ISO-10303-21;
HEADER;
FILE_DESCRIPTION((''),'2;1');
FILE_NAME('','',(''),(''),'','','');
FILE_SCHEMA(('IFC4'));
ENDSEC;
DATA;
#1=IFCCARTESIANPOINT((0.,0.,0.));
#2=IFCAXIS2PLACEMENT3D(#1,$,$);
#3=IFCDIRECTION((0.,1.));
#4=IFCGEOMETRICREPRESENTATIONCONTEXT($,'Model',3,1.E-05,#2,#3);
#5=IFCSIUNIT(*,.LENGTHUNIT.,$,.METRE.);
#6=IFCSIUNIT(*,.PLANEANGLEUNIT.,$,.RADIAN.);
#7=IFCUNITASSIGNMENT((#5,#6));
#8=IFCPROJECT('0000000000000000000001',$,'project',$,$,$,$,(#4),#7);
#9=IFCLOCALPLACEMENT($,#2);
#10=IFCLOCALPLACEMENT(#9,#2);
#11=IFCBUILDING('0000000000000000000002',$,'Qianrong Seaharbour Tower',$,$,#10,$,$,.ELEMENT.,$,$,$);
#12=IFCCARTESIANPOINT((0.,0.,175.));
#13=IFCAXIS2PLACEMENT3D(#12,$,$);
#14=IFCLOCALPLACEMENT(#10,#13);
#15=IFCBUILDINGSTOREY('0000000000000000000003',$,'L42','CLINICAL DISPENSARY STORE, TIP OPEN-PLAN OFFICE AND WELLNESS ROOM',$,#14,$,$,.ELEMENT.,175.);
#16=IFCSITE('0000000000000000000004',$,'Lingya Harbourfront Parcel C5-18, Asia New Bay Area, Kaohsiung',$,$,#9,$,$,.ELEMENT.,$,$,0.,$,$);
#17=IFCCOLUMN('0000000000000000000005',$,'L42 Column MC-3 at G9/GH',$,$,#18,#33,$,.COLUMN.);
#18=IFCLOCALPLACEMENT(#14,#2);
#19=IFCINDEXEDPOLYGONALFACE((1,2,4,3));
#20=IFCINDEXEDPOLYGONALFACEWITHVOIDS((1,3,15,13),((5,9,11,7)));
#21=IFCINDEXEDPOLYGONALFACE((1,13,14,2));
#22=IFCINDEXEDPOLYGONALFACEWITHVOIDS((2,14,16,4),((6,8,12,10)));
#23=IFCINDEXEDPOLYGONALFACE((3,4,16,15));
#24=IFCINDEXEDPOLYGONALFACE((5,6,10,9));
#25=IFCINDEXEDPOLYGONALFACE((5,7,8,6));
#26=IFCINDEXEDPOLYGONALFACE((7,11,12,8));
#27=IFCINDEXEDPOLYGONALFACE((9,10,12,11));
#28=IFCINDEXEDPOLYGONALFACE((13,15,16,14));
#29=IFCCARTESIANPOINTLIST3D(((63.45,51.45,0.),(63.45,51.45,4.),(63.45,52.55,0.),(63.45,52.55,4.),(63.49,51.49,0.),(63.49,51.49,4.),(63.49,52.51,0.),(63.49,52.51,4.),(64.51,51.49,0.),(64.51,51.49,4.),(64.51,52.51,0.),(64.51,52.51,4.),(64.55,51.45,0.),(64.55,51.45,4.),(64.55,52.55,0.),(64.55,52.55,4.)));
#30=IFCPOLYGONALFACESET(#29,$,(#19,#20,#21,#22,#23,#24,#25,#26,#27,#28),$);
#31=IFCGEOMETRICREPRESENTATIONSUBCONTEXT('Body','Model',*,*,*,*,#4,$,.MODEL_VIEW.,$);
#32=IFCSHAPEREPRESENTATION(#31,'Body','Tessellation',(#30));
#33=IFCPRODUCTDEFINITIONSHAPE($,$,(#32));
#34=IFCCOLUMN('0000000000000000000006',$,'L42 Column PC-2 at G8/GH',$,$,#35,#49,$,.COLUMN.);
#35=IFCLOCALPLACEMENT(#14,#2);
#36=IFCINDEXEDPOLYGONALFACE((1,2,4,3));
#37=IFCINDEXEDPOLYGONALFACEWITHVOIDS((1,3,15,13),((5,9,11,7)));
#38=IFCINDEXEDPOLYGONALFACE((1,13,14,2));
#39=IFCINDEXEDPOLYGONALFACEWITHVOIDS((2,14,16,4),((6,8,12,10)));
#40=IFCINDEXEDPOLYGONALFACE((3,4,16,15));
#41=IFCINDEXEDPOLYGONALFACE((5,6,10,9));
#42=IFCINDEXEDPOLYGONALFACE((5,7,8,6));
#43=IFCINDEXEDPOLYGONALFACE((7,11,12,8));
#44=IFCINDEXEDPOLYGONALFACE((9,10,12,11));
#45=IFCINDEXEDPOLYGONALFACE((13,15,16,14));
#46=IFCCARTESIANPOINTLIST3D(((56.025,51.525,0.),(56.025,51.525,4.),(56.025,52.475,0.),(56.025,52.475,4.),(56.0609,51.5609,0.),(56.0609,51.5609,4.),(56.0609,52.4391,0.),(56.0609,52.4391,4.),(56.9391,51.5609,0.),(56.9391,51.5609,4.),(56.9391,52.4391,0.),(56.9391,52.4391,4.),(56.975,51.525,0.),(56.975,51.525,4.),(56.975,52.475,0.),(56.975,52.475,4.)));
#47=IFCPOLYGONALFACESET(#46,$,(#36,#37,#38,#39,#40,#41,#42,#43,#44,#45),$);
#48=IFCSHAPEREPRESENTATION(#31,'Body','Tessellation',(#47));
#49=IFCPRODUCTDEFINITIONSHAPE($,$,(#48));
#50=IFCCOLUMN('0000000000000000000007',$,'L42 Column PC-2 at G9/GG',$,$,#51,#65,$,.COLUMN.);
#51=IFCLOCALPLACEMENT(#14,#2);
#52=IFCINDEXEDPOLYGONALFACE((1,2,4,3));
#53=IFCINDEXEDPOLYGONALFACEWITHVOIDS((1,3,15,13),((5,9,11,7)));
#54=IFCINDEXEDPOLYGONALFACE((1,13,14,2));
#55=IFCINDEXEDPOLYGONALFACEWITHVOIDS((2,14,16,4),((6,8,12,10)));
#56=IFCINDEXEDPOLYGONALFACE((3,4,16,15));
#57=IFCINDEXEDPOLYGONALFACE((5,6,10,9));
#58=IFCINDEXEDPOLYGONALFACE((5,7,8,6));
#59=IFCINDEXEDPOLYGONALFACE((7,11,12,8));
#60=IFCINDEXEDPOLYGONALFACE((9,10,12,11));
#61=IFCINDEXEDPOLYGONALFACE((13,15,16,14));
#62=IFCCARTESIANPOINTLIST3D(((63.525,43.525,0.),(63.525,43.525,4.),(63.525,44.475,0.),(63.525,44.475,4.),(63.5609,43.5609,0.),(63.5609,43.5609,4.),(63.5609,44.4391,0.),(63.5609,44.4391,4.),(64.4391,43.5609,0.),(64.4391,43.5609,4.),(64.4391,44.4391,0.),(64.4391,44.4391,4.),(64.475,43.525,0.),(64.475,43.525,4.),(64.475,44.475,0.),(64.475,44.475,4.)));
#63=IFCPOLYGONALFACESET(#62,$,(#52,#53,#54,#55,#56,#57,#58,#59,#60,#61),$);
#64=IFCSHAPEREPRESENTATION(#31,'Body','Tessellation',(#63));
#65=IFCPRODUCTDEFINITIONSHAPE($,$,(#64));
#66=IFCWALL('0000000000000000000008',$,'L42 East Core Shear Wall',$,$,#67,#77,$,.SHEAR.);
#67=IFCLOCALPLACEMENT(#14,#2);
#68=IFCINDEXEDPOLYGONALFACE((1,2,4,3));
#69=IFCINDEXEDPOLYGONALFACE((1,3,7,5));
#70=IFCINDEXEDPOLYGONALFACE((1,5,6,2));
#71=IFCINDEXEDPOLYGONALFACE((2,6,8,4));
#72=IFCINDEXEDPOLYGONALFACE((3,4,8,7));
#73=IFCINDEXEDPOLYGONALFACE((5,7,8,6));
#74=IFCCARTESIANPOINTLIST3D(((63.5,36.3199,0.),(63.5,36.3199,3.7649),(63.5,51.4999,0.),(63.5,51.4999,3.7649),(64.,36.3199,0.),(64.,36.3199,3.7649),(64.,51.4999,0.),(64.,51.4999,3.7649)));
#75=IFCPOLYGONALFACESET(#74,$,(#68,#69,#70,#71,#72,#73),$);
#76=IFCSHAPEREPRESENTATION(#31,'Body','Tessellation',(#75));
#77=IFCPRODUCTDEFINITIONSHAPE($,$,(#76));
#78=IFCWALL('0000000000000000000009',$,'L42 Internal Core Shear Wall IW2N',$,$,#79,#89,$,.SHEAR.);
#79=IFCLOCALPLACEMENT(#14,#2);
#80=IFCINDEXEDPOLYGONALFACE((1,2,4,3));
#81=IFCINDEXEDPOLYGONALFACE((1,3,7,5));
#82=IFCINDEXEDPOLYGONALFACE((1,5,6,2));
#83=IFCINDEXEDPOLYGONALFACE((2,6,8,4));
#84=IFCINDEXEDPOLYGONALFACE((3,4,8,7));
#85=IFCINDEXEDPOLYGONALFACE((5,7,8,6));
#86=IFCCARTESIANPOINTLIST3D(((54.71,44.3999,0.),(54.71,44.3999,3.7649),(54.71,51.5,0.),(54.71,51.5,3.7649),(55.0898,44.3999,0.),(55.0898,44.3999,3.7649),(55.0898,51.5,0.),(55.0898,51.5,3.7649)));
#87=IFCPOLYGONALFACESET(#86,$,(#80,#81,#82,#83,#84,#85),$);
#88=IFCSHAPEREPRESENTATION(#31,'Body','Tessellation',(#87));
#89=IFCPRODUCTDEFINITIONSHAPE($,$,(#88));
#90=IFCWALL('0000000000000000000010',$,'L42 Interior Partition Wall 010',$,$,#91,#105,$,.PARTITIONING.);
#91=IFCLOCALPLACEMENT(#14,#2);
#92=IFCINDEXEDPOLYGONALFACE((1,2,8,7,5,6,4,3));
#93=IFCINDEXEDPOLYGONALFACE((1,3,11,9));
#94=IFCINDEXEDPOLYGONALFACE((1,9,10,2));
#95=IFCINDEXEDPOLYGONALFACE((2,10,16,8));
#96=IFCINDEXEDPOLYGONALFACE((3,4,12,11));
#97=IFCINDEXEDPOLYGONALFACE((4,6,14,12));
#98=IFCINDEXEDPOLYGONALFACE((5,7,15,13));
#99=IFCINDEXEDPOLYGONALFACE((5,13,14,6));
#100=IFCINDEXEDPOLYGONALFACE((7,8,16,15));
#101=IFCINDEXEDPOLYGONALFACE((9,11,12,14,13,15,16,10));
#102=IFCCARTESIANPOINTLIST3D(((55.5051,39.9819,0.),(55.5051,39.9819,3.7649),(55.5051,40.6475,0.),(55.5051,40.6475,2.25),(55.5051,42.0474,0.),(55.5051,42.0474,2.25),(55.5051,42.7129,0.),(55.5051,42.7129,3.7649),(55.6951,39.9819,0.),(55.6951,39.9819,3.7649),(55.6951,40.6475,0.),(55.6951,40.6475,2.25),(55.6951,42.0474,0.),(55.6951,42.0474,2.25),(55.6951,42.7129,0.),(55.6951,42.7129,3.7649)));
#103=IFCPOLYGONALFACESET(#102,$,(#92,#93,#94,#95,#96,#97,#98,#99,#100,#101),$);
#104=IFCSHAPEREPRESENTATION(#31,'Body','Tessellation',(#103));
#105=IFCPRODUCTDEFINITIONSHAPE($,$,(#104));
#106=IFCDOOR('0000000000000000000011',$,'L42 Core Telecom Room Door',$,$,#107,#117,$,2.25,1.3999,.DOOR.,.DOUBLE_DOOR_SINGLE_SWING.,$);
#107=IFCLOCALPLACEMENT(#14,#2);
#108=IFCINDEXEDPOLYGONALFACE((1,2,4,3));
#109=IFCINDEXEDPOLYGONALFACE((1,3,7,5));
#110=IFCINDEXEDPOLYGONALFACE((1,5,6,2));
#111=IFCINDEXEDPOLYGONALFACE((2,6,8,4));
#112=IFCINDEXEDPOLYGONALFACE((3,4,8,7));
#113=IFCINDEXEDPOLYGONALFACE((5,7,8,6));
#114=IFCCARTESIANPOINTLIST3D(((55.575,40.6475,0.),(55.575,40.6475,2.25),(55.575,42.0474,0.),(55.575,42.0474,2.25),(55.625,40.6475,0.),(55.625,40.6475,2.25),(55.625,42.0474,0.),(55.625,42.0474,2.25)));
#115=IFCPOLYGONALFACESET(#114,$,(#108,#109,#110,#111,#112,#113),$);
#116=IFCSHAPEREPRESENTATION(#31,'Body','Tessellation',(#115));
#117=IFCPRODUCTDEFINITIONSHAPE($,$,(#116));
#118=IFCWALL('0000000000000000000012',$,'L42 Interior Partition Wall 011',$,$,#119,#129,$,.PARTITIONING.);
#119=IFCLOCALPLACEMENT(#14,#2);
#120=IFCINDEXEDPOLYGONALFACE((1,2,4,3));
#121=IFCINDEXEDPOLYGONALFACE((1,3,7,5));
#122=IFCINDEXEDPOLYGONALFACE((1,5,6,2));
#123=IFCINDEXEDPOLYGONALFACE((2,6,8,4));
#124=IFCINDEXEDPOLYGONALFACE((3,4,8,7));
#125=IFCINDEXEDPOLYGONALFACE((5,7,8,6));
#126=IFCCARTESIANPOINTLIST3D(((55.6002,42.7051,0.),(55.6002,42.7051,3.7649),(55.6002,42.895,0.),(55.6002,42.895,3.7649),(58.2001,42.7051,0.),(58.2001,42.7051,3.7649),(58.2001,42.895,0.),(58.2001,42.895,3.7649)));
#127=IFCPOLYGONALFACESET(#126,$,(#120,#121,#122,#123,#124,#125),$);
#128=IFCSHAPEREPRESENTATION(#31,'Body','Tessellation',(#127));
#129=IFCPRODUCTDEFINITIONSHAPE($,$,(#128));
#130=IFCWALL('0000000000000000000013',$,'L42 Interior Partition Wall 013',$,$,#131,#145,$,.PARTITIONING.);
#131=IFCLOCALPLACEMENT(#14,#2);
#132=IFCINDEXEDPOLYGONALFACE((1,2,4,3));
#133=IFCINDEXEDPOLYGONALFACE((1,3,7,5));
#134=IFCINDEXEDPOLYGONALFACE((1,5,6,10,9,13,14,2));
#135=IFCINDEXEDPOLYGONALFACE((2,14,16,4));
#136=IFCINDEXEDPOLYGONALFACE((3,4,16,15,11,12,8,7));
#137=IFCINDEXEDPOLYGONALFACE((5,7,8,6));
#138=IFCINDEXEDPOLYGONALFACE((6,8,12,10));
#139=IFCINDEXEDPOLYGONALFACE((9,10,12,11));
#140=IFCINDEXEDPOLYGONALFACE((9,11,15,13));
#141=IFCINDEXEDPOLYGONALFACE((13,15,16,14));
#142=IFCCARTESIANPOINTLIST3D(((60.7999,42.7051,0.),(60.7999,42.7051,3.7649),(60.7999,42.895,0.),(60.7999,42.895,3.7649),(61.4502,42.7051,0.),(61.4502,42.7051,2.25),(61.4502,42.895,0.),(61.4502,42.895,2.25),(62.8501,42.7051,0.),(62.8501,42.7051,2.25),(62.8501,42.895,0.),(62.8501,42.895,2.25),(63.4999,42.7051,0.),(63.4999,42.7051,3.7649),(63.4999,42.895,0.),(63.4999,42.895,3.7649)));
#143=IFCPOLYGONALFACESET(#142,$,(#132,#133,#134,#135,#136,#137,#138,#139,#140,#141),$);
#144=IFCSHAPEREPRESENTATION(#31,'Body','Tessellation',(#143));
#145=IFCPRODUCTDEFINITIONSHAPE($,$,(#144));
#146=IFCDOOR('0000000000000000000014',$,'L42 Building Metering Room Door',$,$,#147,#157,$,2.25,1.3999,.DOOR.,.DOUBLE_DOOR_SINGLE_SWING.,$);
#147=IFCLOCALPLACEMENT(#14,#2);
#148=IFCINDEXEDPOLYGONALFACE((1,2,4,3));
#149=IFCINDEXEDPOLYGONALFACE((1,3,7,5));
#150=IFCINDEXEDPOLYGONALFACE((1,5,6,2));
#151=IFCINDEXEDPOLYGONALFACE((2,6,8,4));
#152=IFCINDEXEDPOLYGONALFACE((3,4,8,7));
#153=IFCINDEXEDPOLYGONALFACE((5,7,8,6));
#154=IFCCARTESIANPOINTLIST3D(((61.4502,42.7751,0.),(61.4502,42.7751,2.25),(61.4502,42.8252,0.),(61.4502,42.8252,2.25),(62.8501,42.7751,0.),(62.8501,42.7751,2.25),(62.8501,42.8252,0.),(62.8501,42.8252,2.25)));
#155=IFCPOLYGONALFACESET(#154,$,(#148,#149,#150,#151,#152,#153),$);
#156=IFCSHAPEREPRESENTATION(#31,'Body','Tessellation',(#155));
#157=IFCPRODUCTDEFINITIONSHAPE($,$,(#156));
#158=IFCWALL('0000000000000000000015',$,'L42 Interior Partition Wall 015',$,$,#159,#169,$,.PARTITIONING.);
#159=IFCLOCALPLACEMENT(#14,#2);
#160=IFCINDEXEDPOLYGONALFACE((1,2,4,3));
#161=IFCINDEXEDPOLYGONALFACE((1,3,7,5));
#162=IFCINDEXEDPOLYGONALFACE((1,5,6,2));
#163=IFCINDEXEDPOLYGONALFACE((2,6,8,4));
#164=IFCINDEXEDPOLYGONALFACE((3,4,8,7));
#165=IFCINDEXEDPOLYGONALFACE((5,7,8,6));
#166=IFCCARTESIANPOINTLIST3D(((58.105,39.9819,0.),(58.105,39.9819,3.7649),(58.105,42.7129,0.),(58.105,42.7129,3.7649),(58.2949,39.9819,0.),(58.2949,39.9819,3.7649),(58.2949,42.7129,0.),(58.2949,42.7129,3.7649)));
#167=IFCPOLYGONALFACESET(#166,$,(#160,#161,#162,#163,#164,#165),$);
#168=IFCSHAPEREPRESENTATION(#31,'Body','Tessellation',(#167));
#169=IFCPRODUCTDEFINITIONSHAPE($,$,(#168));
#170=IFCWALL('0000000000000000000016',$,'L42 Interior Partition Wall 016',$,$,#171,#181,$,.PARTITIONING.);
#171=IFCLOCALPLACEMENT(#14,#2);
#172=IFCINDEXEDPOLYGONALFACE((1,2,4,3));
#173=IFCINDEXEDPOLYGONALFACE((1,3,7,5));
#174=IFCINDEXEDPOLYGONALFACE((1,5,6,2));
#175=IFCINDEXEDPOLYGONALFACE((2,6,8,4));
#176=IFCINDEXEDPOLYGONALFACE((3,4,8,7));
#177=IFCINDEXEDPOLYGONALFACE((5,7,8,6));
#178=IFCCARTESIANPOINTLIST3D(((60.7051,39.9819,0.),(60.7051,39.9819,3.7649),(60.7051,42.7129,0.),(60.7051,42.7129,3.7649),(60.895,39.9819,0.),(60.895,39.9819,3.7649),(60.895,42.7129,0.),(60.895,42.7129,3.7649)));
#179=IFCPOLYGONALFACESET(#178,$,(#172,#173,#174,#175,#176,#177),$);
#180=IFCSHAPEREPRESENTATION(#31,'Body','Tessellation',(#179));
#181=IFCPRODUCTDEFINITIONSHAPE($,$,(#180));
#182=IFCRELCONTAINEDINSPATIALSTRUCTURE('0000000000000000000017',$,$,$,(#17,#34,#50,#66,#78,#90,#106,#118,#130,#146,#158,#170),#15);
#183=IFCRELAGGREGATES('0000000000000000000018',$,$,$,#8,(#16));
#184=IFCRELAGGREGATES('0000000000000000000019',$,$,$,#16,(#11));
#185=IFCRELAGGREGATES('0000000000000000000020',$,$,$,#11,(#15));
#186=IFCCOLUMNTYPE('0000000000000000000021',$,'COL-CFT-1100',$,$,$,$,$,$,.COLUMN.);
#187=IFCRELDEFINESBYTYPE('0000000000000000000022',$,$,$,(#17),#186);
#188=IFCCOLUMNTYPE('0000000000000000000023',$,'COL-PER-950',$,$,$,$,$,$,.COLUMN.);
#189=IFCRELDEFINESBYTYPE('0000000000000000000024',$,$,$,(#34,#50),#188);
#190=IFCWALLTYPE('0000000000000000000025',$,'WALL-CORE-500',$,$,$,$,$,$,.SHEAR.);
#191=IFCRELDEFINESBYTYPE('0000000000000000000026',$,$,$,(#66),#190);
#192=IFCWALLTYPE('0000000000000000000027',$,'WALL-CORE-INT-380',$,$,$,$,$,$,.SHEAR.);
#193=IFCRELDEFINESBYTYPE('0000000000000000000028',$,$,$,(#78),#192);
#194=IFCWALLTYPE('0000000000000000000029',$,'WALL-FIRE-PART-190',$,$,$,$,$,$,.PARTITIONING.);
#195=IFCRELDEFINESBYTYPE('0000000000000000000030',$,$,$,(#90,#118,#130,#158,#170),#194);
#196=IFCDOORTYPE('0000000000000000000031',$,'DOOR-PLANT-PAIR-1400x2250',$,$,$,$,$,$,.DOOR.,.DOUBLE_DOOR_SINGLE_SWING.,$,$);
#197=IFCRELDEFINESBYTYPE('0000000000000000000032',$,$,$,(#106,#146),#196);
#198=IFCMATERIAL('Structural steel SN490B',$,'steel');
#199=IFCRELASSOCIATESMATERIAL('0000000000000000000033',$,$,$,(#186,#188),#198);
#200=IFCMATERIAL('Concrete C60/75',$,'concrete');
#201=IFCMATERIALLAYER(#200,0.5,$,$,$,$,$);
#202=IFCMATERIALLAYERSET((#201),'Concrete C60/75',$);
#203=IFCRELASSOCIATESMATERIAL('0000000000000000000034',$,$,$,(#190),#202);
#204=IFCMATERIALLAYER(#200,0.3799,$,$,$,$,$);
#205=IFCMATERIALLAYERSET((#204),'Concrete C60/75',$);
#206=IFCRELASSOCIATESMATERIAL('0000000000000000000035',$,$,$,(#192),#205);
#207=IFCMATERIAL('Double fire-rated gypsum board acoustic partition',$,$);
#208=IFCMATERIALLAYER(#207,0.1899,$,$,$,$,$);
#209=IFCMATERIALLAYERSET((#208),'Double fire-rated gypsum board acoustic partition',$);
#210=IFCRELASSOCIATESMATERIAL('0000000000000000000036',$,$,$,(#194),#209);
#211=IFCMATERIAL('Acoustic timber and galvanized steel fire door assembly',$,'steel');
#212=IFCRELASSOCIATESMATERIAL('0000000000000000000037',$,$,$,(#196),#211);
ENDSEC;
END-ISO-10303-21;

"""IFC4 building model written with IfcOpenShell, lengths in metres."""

from ifc_helpers import new_model, si_unit, direction, frame, frame_2d, origin, origin_2d, place, context, subcontext, project, spatial, rectangle, hollow_rectangle, extrude, material, layer, layer_set, material_profile, profile_set, type_object, element, fill, save


model = new_model("IFC4")

# Units and contexts
model_context = context("Model", 3, precision=1e-05, world=origin(), true_north=direction((0.0, 1.0)))
body_context = subcontext(model_context, "Body", "Model", "MODEL_VIEW")
ifc_project = project(units=[si_unit("LENGTHUNIT", "METRE"), si_unit("PLANEANGLEUNIT", "RADIAN")], contexts=[model_context])

# Site, building, storey
site_placement = place(None, origin())
site = spatial("IfcSite", under=ifc_project, at=site_placement, Name="Lingya Harbourfront Parcel C5-18, Asia New Bay Area, Kaohsiung", CompositionType="ELEMENT", RefElevation=0.0)
building_placement = place(site_placement, origin())
building = spatial("IfcBuilding", under=site, at=building_placement, Name="Qianrong Seaharbour Tower", CompositionType="ELEMENT")
storey_placement = place(building_placement, frame((0.0, 0.0, 175.0)))
storey = spatial("IfcBuildingStorey", under=building, at=storey_placement, Name="L42", Description="CLINICAL DISPENSARY STORE, TIP OPEN-PLAN OFFICE AND WELLNESS ROOM", CompositionType="ELEMENT", Elevation=175.0)

# Columns
ifc_material_1 = material(Name="Structural steel SN490B", Category="steel")
ifc_material_profile_1 = material_profile(ifc_material_1, hollow_rectangle(XDim=1.1001, YDim=1.1001, WallThickness=0.04, at=origin_2d()), Name="BOX1100x1100x40")
ifc_profile_set_1 = profile_set([ifc_material_profile_1], Name="Structural steel SN490B")
column_type_1 = type_object("IfcColumnType", Name="COL-CFT-1100", PredefinedType="COLUMN", material=ifc_profile_set_1)
column_placement = place(storey_placement, frame((64.0, 52.0, 0.0), z_axis=(0.0, 0.0, 1.0), x_axis=(1.0, 0.0, 0.0)))
element("IfcColumn", 1, at=column_placement, inside=storey, type_object=column_type_1, Name="L42 Column MC-3 at G9/GH", PredefinedType="COLUMN", context=body_context, shape_type="SweptSolid", body=[
    extrude(hollow_rectangle(XDim=1.1001, YDim=1.1001, WallThickness=0.04, at=origin_2d()), origin(), (0.0, 0.0, 1.0), 4.0),
])
ifc_material_profile_2 = material_profile(ifc_material_1, hollow_rectangle(XDim=0.95, YDim=0.95, WallThickness=0.0359, at=origin_2d()), Name="BOX950x950x36")
ifc_profile_set_2 = profile_set([ifc_material_profile_2], Name="Structural steel SN490B")
column_type_2 = type_object("IfcColumnType", Name="COL-PER-950", PredefinedType="COLUMN", material=ifc_profile_set_2)
for number, where, z_axis, x_axis, name in (
    (2, (56.5, 52.0, 0.0), (0.0, 0.0, 1.0), (1.0, 0.0, 0.0), "L42 Column PC-2 at G8/GH"),
    (3, (64.0, 44.0, 0.0), (0.0, 0.0, 1.0), (1.0, 0.0, 0.0), "L42 Column PC-2 at G9/GG"),
):
    element("IfcColumn", number, at=place(storey_placement, frame(where, z_axis=z_axis, x_axis=x_axis)), inside=storey, type_object=column_type_2, Name=name, PredefinedType="COLUMN", context=body_context, shape_type="SweptSolid", body=[
        extrude(hollow_rectangle(XDim=0.95, YDim=0.95, WallThickness=0.0359, at=origin_2d()), origin(), (0.0, 0.0, 1.0), 4.0),
    ])

# Walls
ifc_material_2 = material(Name="Concrete C60/75", Category="concrete")
ifc_layer_1 = layer(ifc_material_2, 0.5)
ifc_layer_set_1 = layer_set([ifc_layer_1], Name="Concrete C60/75")
wall_type_1 = type_object("IfcWallType", Name="WALL-CORE-500", PredefinedType="SHEAR", material=ifc_layer_set_1)
wall_1_placement = place(storey_placement, frame((63.75, 36.3201, 0.0), z_axis=(0.0, 0.0, 1.0), x_axis=(0.0, 1.0, 0.0)))
element("IfcWall", 4, at=wall_1_placement, inside=storey, type_object=wall_type_1, Name="L42 East Core Shear Wall", PredefinedType="SHEAR", context=body_context, shape_type="SweptSolid", body=[
    extrude(rectangle(XDim=15.1799, YDim=0.5, at=frame_2d((7.5898, 0.0))), origin(), (0.0, 0.0, 1.0), 3.7649),
])
ifc_layer_2 = layer(ifc_material_2, 0.3799)
ifc_layer_set_2 = layer_set([ifc_layer_2], Name="Concrete C60/75")
wall_type_2 = type_object("IfcWallType", Name="WALL-CORE-INT-380", PredefinedType="SHEAR", material=ifc_layer_set_2)
wall_2_placement = place(storey_placement, frame((54.8999, 44.3999, 0.0), z_axis=(0.0, 0.0, 1.0), x_axis=(0.0, 1.0, 0.0)))
element("IfcWall", 5, at=wall_2_placement, inside=storey, type_object=wall_type_2, Name="L42 Internal Core Shear Wall IW2N", PredefinedType="SHEAR", context=body_context, shape_type="SweptSolid", body=[
    extrude(rectangle(XDim=7.1001, YDim=0.3799, at=frame_2d((3.55, 0.0))), origin(), (0.0, 0.0, 1.0), 3.7649),
])

# Wall, opening, door
ifc_material_3 = material(Name="Acoustic timber and galvanized steel fire door assembly", Category="steel")
ifc_material_4 = material(Name="Double fire-rated gypsum board acoustic partition")
ifc_layer_3 = layer(ifc_material_4, 0.1899)
ifc_layer_set_3 = layer_set([ifc_layer_3], Name="Double fire-rated gypsum board acoustic partition")
wall_type_3 = type_object("IfcWallType", Name="WALL-FIRE-PART-190", PredefinedType="PARTITIONING", material=ifc_layer_set_3)
wall_3_placement = place(storey_placement, frame((55.6001, 42.7129, 0.0), z_axis=(0.0, 0.0, 1.0), x_axis=(0.0, -1.0, 0.0)))
wall_3 = element("IfcWall", 6, at=wall_3_placement, inside=storey, type_object=wall_type_3, Name="L42 Interior Partition Wall 010", PredefinedType="PARTITIONING", context=body_context, shape_type="SweptSolid", body=[
    extrude(rectangle(XDim=2.731, YDim=0.1899, at=frame_2d((1.3655, 0.0))), origin(), (0.0, 0.0, 1.0), 3.7649),
])
opening_1_placement = place(wall_3_placement, frame((0.6655, 0.0, 0.0)))
opening_1 = element("IfcOpeningElement", 7, at=opening_1_placement, cuts=wall_3, PredefinedType="OPENING", context=body_context, shape_type="SweptSolid", body=[
    extrude(rectangle(XDim=1.3999, YDim=2.25, at=frame_2d((0.7, 1.125))), frame((0.0, 0.105, 0.0), z_axis=(0.0, -1.0, 0.0), x_axis=(1.0, 0.0, 0.0)), (0.0, 0.0, 1.0), 0.21),
])
door_type_1 = type_object("IfcDoorType", Name="DOOR-PLANT-PAIR-1400x2250", OperationType="DOUBLE_DOOR_SINGLE_SWING", PredefinedType="DOOR", material=ifc_material_3)
door_1_placement = place(opening_1_placement, origin())
door_1 = element("IfcDoor", 8, at=door_1_placement, inside=storey, type_object=door_type_1, Name="L42 Core Telecom Room Door", OperationType="DOUBLE_DOOR_SINGLE_SWING", OverallHeight=2.25, OverallWidth=1.3999, PredefinedType="DOOR", context=body_context, shape_type="SweptSolid", body=[
    extrude(rectangle(XDim=1.3999, YDim=2.25, at=frame_2d((0.7, 1.125))), frame((0.0, 0.0249, 0.0), z_axis=(0.0, -1.0, 0.0), x_axis=(1.0, 0.0, 0.0)), (0.0, 0.0, 1.0), 0.05),
])
fill(opening_1, door_1)

# Wall
wall_4_placement = place(storey_placement, frame((58.2, 42.8, 0.0), z_axis=(0.0, 0.0, 1.0), x_axis=(-1.0, 0.0, 0.0)))
element("IfcWall", 9, at=wall_4_placement, inside=storey, type_object=wall_type_3, Name="L42 Interior Partition Wall 011", PredefinedType="PARTITIONING", context=body_context, shape_type="SweptSolid", body=[
    extrude(rectangle(XDim=2.5999, YDim=0.1899, at=frame_2d((1.2998, 0.0))), origin(), (0.0, 0.0, 1.0), 3.7649),
])

# Wall, opening, door
wall_5_placement = place(storey_placement, frame((63.5, 42.8, 0.0), z_axis=(0.0, 0.0, 1.0), x_axis=(-1.0, 0.0, 0.0)))
wall_5 = element("IfcWall", 10, at=wall_5_placement, inside=storey, type_object=wall_type_3, Name="L42 Interior Partition Wall 013", PredefinedType="PARTITIONING", context=body_context, shape_type="SweptSolid", body=[
    extrude(rectangle(XDim=2.7, YDim=0.1899, at=frame_2d((1.3501, 0.0))), origin(), (0.0, 0.0, 1.0), 3.7649),
])
opening_2_placement = place(wall_5_placement, frame((0.6499, 0.0, 0.0)))
opening_2 = element("IfcOpeningElement", 11, at=opening_2_placement, cuts=wall_5, PredefinedType="OPENING", context=body_context, shape_type="SweptSolid", body=[
    extrude(rectangle(XDim=1.3999, YDim=2.25, at=frame_2d((0.7, 1.125))), frame((0.0, 0.105, 0.0), z_axis=(0.0, -1.0, 0.0), x_axis=(1.0, 0.0, 0.0)), (0.0, 0.0, 1.0), 0.21),
])
door_2_placement = place(opening_2_placement, origin())
door_2 = element("IfcDoor", 12, at=door_2_placement, inside=storey, type_object=door_type_1, Name="L42 Building Metering Room Door", OperationType="DOUBLE_DOOR_SINGLE_SWING", OverallHeight=2.25, OverallWidth=1.3999, PredefinedType="DOOR", context=body_context, shape_type="SweptSolid", body=[
    extrude(rectangle(XDim=1.3999, YDim=2.25, at=frame_2d((0.7, 1.125))), frame((0.0, 0.0249, 0.0), z_axis=(0.0, -1.0, 0.0), x_axis=(1.0, 0.0, 0.0)), (0.0, 0.0, 1.0), 0.05),
])
fill(opening_2, door_2)

# Walls
for number, where, z_axis, x_axis, name in (
    (13, (58.2, 42.7129, 0.0), (0.0, 0.0, 1.0), (0.0, -1.0, 0.0), "L42 Interior Partition Wall 015"),
    (14, (60.8, 42.7129, 0.0), (0.0, 0.0, 1.0), (0.0, -1.0, 0.0), "L42 Interior Partition Wall 016"),
):
    element("IfcWall", number, at=place(storey_placement, frame(where, z_axis=z_axis, x_axis=x_axis)), inside=storey, type_object=wall_type_3, Name=name, PredefinedType="PARTITIONING", context=body_context, shape_type="SweptSolid", body=[
        extrude(rectangle(XDim=2.731, YDim=0.1899, at=frame_2d((1.3655, 0.0))), origin(), (0.0, 0.0, 1.0), 3.7649),
    ])

save(model, "model.ifc")
